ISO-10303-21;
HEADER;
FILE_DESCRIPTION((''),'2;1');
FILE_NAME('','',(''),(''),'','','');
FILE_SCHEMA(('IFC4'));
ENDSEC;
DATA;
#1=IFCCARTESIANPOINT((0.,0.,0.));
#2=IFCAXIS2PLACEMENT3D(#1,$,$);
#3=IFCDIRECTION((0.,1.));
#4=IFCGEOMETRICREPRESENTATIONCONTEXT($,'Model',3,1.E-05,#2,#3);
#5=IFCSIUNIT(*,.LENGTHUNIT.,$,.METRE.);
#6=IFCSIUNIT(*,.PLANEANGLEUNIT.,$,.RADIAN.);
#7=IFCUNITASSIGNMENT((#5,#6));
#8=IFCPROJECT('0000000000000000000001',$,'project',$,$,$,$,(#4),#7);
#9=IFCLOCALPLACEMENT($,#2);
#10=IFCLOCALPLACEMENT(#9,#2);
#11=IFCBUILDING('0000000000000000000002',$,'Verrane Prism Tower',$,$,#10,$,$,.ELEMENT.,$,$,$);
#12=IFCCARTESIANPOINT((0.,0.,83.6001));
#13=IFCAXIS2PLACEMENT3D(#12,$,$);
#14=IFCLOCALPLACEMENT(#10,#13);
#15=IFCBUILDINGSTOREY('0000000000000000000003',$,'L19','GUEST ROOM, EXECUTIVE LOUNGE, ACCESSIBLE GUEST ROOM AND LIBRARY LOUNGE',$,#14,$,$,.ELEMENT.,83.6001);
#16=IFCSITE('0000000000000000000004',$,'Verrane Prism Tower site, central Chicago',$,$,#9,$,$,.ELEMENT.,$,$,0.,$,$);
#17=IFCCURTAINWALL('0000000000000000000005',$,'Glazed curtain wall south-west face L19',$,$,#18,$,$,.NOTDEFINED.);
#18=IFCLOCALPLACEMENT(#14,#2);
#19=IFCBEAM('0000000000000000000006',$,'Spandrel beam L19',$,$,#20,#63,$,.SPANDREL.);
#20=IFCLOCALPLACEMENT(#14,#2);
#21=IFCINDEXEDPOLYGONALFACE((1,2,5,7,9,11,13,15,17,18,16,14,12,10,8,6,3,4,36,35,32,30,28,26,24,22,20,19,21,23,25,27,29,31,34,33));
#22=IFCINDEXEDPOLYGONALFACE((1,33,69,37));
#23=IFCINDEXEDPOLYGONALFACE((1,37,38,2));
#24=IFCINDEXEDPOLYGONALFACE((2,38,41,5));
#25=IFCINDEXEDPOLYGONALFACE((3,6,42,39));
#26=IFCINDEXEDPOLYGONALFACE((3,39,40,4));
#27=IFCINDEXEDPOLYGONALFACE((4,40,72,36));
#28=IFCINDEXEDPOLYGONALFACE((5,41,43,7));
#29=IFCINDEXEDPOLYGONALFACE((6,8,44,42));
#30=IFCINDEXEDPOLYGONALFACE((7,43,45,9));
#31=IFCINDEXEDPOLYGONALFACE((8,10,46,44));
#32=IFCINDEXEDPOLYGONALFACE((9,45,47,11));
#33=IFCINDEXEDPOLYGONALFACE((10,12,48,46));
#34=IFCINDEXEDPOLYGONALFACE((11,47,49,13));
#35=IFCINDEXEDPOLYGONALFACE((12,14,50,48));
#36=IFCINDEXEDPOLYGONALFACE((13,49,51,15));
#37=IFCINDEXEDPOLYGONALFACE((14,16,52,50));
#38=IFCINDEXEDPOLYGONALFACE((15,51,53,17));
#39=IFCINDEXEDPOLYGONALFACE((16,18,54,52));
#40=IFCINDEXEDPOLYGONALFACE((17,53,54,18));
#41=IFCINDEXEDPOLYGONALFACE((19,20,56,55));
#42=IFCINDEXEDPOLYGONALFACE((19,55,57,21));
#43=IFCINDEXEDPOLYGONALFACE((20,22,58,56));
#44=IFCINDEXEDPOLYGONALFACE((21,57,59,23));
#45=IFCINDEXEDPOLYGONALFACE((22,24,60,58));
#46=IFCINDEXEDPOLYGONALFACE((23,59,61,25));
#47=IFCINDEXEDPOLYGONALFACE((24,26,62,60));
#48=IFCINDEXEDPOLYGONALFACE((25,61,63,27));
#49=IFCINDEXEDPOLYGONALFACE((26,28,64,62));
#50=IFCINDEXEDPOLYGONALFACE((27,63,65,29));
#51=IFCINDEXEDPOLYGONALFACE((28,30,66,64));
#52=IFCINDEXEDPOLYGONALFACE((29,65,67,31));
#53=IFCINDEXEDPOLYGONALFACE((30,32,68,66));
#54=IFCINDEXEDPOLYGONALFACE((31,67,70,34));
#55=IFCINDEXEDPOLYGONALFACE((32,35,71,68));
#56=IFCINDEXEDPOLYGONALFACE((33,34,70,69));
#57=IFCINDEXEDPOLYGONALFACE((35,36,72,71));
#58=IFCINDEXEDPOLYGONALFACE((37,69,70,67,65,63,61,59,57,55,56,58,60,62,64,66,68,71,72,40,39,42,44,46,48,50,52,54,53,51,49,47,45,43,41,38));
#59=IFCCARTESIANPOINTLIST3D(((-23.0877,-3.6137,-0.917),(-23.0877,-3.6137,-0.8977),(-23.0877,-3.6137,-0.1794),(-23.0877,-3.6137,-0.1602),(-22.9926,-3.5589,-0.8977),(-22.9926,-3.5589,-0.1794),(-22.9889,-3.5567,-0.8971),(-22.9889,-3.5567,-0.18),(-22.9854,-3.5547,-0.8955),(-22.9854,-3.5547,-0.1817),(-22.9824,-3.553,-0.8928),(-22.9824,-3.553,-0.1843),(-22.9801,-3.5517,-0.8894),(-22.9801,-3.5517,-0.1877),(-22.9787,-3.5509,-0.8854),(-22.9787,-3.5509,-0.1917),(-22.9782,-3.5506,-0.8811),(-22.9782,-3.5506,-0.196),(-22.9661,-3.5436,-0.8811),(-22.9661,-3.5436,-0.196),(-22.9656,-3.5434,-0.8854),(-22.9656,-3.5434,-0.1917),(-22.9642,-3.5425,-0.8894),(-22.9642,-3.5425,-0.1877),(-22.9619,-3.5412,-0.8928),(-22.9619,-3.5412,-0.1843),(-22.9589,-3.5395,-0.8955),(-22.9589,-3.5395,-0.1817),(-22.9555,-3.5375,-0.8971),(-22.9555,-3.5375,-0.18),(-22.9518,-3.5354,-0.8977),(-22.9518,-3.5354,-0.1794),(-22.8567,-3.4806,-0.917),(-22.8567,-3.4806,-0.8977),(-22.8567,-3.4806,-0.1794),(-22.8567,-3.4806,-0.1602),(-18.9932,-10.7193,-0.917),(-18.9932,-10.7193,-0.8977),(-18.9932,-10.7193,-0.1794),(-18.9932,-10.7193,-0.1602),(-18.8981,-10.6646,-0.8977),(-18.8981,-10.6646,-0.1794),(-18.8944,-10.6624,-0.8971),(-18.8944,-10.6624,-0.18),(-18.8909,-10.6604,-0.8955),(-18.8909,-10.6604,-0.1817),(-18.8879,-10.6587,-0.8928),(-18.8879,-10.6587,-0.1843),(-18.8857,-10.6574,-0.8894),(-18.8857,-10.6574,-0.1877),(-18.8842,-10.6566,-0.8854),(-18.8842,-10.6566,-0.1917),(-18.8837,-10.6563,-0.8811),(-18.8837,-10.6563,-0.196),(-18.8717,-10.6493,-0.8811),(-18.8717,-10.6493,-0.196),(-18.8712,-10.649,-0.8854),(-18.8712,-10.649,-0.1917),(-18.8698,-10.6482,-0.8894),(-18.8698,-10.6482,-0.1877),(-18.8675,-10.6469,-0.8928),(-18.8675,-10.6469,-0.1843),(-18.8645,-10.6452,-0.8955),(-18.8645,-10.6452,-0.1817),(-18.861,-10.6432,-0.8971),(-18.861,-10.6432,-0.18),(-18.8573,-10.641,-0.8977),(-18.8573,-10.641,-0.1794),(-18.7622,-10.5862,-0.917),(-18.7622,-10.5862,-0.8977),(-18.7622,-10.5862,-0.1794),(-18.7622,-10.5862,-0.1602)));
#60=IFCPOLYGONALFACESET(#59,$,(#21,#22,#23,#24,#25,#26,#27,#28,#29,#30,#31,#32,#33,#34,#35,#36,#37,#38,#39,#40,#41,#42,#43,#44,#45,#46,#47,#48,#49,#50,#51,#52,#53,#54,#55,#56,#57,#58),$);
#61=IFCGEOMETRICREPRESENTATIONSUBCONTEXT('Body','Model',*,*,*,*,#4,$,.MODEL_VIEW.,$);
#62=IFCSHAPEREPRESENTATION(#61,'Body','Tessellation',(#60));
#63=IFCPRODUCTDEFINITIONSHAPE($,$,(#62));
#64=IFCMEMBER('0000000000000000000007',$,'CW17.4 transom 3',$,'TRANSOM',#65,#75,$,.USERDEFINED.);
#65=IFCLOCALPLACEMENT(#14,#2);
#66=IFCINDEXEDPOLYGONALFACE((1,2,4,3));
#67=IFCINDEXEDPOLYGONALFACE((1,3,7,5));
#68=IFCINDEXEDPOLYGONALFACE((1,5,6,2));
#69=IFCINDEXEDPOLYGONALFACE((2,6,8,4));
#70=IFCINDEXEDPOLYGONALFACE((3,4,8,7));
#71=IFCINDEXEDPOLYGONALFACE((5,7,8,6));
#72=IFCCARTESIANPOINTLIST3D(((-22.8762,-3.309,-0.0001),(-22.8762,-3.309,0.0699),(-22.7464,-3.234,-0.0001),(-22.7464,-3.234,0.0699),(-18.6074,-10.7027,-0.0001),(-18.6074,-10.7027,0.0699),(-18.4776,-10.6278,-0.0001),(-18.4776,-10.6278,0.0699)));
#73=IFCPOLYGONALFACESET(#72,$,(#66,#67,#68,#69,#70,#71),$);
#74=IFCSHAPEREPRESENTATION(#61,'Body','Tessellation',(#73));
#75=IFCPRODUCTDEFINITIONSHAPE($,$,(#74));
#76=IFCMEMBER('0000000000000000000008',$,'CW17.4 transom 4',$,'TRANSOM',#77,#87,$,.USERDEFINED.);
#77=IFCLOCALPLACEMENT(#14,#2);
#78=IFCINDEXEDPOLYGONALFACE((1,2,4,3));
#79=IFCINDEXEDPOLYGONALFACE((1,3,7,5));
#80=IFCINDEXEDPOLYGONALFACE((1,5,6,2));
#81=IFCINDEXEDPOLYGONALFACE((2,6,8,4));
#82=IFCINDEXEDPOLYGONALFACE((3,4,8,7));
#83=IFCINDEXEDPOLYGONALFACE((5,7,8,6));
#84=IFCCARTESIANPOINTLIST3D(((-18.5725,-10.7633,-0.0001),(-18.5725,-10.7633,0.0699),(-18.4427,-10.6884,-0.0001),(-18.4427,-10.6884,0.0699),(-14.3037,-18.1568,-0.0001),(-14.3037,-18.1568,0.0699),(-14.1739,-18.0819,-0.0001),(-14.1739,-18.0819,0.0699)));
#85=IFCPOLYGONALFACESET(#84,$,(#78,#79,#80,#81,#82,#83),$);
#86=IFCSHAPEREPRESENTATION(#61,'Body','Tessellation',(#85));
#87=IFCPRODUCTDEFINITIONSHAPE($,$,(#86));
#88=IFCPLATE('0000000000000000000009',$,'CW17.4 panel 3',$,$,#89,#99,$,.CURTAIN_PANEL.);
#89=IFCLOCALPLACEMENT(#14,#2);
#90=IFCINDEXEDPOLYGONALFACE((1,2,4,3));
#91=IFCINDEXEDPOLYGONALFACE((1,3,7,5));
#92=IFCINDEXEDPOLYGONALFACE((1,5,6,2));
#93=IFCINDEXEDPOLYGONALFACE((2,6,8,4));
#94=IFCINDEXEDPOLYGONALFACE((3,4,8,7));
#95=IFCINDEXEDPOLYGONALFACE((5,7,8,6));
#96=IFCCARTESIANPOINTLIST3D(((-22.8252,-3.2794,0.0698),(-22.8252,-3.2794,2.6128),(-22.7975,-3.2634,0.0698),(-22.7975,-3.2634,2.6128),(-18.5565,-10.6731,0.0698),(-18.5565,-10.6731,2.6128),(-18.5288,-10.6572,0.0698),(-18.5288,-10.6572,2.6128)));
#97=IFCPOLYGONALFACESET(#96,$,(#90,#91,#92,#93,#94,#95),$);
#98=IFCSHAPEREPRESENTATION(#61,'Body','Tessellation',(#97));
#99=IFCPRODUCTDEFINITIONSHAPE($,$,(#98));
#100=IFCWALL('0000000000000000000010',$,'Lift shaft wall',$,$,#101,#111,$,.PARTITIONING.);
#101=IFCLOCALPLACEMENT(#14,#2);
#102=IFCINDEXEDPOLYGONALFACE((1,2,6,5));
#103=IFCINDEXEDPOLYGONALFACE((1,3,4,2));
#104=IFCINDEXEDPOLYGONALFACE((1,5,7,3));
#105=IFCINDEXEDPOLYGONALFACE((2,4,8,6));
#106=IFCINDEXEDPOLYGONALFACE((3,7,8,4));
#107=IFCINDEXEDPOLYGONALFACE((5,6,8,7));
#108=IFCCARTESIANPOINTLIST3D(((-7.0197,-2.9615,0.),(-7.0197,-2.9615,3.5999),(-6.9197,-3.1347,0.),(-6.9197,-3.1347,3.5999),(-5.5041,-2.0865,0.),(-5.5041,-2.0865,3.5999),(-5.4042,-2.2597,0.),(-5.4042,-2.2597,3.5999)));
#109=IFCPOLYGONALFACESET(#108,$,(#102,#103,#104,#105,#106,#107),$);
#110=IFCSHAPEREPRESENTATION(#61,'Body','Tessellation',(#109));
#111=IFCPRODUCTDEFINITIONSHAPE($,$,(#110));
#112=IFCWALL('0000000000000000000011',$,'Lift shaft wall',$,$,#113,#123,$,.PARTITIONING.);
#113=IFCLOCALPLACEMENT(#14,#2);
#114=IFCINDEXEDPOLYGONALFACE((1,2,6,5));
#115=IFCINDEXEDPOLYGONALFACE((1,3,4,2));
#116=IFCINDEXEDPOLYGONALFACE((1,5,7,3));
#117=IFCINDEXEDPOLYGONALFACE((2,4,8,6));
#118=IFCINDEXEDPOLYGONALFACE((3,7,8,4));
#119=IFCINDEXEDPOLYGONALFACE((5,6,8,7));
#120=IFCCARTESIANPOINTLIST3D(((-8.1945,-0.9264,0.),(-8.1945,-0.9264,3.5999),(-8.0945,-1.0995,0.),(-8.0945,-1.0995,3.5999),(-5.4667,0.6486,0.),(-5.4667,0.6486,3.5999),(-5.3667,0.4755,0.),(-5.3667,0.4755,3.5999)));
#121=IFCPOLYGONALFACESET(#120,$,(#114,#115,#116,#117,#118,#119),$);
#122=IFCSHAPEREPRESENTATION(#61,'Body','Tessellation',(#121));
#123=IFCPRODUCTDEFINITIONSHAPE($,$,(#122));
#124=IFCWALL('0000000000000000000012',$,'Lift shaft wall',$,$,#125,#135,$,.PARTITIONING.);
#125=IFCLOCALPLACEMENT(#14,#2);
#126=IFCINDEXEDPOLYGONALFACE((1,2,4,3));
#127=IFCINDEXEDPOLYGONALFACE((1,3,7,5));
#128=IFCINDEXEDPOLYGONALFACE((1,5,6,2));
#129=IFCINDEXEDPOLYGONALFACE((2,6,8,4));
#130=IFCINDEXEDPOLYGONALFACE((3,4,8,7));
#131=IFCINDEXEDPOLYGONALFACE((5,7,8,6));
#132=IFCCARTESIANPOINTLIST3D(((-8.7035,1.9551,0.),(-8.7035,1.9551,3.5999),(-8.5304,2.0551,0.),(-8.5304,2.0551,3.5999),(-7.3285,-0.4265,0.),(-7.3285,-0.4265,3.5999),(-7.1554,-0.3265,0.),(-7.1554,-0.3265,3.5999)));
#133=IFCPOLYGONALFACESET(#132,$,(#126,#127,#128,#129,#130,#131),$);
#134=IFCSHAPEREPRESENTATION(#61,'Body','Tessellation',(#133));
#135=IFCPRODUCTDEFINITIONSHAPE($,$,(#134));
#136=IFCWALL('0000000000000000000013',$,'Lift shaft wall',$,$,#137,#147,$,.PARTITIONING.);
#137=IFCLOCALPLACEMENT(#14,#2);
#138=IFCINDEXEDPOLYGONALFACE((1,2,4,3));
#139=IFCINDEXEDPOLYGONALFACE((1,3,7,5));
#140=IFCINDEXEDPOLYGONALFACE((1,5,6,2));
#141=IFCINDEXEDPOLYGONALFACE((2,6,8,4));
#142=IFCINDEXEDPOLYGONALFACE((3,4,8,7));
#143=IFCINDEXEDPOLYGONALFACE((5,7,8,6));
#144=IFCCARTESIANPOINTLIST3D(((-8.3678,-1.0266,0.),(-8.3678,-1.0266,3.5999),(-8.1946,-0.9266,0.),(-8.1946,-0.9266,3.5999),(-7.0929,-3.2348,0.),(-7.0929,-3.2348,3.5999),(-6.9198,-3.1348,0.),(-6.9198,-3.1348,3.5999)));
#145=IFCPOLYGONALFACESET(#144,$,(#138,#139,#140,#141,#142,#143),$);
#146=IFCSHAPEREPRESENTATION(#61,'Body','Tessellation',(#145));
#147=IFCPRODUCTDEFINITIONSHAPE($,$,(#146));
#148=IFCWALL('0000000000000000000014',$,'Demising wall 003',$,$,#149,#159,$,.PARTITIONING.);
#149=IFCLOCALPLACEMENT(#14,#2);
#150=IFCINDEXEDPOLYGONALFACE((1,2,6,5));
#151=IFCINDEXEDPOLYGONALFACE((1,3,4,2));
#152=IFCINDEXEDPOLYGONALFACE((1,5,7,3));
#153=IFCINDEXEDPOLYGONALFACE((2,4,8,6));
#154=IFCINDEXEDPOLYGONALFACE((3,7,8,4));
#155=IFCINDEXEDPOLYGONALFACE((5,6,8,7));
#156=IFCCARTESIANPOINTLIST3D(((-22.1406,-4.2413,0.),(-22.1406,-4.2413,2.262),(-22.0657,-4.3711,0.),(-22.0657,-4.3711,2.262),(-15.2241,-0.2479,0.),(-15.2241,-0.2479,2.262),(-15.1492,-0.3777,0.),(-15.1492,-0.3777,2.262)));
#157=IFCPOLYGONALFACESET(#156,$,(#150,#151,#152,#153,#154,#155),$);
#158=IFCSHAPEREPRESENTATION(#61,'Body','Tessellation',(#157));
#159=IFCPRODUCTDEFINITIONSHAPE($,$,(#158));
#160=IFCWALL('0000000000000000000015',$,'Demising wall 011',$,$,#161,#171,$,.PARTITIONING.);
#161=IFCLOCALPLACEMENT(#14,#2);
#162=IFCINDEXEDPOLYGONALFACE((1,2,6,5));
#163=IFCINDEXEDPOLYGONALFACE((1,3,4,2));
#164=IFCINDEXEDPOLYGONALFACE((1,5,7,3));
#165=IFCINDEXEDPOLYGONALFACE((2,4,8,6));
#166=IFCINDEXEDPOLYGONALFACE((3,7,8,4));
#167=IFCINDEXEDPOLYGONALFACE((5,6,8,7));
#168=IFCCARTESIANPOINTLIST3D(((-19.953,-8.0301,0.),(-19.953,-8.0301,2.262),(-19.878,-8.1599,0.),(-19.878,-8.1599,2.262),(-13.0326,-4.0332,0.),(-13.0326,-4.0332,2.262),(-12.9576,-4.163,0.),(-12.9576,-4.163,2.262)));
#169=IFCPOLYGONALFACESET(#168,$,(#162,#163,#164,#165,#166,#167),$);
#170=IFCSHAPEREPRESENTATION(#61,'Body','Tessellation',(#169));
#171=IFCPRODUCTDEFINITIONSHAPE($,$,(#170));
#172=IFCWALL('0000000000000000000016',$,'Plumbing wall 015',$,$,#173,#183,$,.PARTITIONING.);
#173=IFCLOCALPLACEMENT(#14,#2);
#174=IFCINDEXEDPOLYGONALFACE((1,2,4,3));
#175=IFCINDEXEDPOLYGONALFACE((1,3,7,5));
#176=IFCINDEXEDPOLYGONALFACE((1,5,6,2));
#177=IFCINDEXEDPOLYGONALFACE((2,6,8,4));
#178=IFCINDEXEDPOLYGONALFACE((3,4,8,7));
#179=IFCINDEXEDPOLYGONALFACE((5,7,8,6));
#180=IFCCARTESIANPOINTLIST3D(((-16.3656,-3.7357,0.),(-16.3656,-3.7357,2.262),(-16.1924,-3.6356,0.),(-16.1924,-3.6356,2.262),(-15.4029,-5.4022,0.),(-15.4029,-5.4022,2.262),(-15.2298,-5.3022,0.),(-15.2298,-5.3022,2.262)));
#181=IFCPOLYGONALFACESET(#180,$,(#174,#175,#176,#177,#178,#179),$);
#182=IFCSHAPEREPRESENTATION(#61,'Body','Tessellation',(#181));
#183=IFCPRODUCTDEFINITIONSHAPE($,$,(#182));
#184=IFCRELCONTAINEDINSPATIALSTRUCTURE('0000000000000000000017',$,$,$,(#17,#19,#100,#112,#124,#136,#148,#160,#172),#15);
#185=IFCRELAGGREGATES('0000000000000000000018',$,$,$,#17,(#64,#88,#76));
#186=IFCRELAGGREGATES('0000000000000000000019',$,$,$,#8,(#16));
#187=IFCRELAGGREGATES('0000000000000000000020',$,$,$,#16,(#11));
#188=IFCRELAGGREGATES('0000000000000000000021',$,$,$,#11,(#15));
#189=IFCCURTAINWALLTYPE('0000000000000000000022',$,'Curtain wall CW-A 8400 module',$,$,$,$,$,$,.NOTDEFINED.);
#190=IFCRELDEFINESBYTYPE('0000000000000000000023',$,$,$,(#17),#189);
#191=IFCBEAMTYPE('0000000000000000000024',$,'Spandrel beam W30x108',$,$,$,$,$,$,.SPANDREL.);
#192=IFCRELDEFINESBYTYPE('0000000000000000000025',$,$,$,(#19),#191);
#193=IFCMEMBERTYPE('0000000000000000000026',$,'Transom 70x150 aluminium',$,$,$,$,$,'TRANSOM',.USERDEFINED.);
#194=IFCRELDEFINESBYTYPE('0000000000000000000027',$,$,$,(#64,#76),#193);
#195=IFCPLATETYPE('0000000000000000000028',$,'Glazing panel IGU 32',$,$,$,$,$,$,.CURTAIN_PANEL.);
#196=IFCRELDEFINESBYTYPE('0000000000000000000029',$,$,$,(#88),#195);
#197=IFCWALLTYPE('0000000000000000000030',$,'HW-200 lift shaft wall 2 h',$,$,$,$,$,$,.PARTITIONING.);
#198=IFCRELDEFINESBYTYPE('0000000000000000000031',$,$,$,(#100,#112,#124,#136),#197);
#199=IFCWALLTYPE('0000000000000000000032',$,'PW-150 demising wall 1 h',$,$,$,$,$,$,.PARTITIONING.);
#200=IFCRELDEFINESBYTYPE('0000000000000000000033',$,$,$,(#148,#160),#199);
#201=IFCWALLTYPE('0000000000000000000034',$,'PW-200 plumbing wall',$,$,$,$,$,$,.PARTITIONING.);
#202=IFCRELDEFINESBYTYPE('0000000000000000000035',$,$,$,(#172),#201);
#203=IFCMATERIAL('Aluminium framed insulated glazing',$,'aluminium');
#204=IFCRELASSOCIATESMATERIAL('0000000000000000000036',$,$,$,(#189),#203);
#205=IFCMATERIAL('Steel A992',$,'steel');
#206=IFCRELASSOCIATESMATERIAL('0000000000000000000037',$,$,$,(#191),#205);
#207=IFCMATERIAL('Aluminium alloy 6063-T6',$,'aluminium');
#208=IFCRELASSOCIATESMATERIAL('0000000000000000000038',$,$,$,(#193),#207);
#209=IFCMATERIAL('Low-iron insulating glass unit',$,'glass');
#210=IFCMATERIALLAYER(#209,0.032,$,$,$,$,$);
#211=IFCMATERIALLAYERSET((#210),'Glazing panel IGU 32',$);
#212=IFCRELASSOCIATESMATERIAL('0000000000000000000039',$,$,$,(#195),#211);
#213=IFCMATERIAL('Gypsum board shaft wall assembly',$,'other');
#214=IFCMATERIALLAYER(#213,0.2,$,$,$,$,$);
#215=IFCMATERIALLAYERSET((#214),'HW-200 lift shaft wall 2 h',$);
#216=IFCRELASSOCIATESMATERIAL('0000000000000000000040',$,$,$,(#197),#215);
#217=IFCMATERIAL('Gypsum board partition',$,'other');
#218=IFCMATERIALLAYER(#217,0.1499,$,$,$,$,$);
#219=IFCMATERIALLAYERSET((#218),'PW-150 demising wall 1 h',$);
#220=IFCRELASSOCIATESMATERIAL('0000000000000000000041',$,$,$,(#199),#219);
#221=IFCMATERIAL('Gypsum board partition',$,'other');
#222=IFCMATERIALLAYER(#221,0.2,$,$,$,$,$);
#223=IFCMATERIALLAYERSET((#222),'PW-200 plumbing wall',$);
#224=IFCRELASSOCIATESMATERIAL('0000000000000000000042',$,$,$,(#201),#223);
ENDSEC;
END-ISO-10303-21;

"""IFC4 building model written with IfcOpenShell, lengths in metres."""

from ifc_helpers import new_model, si_unit, direction, frame, frame_2d, origin, origin_2d, place, context, subcontext, project, spatial, rectangle, i_section, extrude, material, layer, layer_set, material_profile, profile_set, type_object, element, aggregate, save


model = new_model("IFC4")

# Units and contexts
model_context = context("Model", 3, precision=1e-05, world=origin(), true_north=direction((0.0, 1.0)))
body_context = subcontext(model_context, "Body", "Model", "MODEL_VIEW")
ifc_project = project(units=[si_unit("LENGTHUNIT", "METRE"), si_unit("PLANEANGLEUNIT", "RADIAN")], contexts=[model_context])

# Site, building, storey
site_placement = place(None, origin())
site = spatial("IfcSite", under=ifc_project, at=site_placement, Name="Verrane Prism Tower site, central Chicago", CompositionType="ELEMENT", RefElevation=0.0)
building_placement = place(site_placement, origin())
building = spatial("IfcBuilding", under=site, at=building_placement, Name="Verrane Prism Tower", CompositionType="ELEMENT")
storey_placement = place(building_placement, frame((0.0, 0.0, 83.6001)))
storey = spatial("IfcBuildingStorey", under=building, at=storey_placement, Name="L19", Description="GUEST ROOM, EXECUTIVE LOUNGE, ACCESSIBLE GUEST ROOM AND LIBRARY LOUNGE", CompositionType="ELEMENT", Elevation=83.6001)

# Curtain wall
ifc_material_1 = material(Name="Aluminium framed insulated glazing", Category="aluminium")
curtain_wall_type = type_object("IfcCurtainWallType", Name="Curtain wall CW-A 8400 module", PredefinedType="NOTDEFINED", material=ifc_material_1)
curtain_wall_placement = place(storey_placement, origin())
curtain_wall = element("IfcCurtainWall", 1, at=curtain_wall_placement, inside=storey, type_object=curtain_wall_type, Name="Glazed curtain wall south-west face L19", PredefinedType="NOTDEFINED")

# Beam
ifc_material_2 = material(Name="Steel A992", Category="steel")
ifc_material_profile_1 = material_profile(ifc_material_2, i_section(OverallWidth=0.2666, OverallDepth=0.7568, WebThickness=0.0139, FlangeThickness=0.0193, FilletRadius=0.0166, at=origin_2d()), Name="W30x108")
ifc_profile_set_1 = profile_set([ifc_material_profile_1], Name="Steel A992")
beam_type_1 = type_object("IfcBeamType", Name="Spandrel beam W30x108", PredefinedType="SPANDREL", material=ifc_profile_set_1)
beam_1_placement = place(storey_placement, frame((-22.9722, -3.5471, -0.5386), z_axis=(0.499268, -0.866448, 0.0), x_axis=(0.866448, 0.499268, 0.0)))
element("IfcBeam", 2, at=beam_1_placement, inside=storey, type_object=beam_type_1, Name="Spandrel beam L19", PredefinedType="SPANDREL", context=body_context, shape_type="SweptSolid", body=[
    extrude(i_section(OverallWidth=0.2666, OverallDepth=0.7568, WebThickness=0.0139, FlangeThickness=0.0193, FilletRadius=0.0166, at=origin_2d()), origin(), (0.0, 0.0, 1.0), 8.2009),
])

# Members
ifc_material_3 = material(Name="Aluminium alloy 6063-T6", Category="aluminium")
ifc_material_profile_2 = material_profile(ifc_material_3, rectangle(XDim=0.1499, YDim=0.0701, at=origin_2d()), Name="Transom 70x150 aluminium")
ifc_profile_set_2 = profile_set([ifc_material_profile_2], Name="Aluminium alloy 6063-T6")
member_type_1 = type_object("IfcMemberType", Name="Transom 70x150 aluminium", ElementType="TRANSOM", PredefinedType="USERDEFINED", material=ifc_profile_set_2)
member_1_placement = place(storey_placement, frame((-22.8113, -3.2715, 0.0349), z_axis=(0.499999, -0.866026, 0.0), x_axis=(0.866026, 0.499999, 0.0)))
member_1 = element("IfcMember", 3, at=member_1_placement, type_object=member_type_1, Name="CW17.4 transom 3", ObjectType="TRANSOM", PredefinedType="USERDEFINED", context=body_context, shape_type="SweptSolid", body=[
    extrude(rectangle(XDim=0.1499, YDim=0.0701, at=origin_2d()), origin(), (0.0, 0.0, 1.0), 8.5376),
])
member_2_placement = place(storey_placement, frame((-18.5076, -10.7258, 0.0349), z_axis=(0.500011, -0.866019, 0.0), x_axis=(0.866019, 0.500011, 0.0)))
member_2 = element("IfcMember", 4, at=member_2_placement, type_object=member_type_1, Name="CW17.4 transom 4", ObjectType="TRANSOM", PredefinedType="USERDEFINED", context=body_context, shape_type="SweptSolid", body=[
    extrude(rectangle(XDim=0.1499, YDim=0.0701, at=origin_2d()), origin(), (0.0, 0.0, 1.0), 8.5374),
])

# Plate
ifc_material_4 = material(Name="Low-iron insulating glass unit", Category="glass")
ifc_layer_1 = layer(ifc_material_4, 0.032)
ifc_layer_set_1 = layer_set([ifc_layer_1], Name="Glazing panel IGU 32")
plate_type = type_object("IfcPlateType", Name="Glazing panel IGU 32", PredefinedType="CURTAIN_PANEL", material=ifc_layer_set_1)
plate_placement = place(storey_placement, frame((-20.677, -6.9683, 0.0698), z_axis=(0.0, 0.0, 1.0), x_axis=(0.499999, -0.866026, 0.0)))
plate = element("IfcPlate", 5, at=plate_placement, type_object=plate_type, Name="CW17.4 panel 3", PredefinedType="CURTAIN_PANEL", context=body_context, shape_type="SweptSolid", body=[
    extrude(rectangle(XDim=8.5376, YDim=0.032, at=origin_2d()), origin(), (0.0, 0.0, 1.0), 2.543),
])
aggregate(curtain_wall, [member_1, plate, member_2])

# Walls
ifc_material_5 = material(Name="Gypsum board shaft wall assembly", Category="other")
ifc_layer_2 = layer(ifc_material_5, 0.2)
ifc_layer_set_2 = layer_set([ifc_layer_2], Name="HW-200 lift shaft wall 2 h")
wall_type_1 = type_object("IfcWallType", Name="HW-200 lift shaft wall 2 h", PredefinedType="PARTITIONING", material=ifc_layer_set_2)
wall_1_placement = place(storey_placement, frame((-6.9697, -3.0481, 0.0), z_axis=(0.0, 0.0, 1.0), x_axis=(0.866037, 0.49998, 0.0)))
element("IfcWall", 6, at=wall_1_placement, inside=storey, type_object=wall_type_1, Name="Lift shaft wall", PredefinedType="PARTITIONING", context=body_context, shape_type="SweptSolid", body=[
    extrude(rectangle(XDim=1.75, YDim=0.2, at=frame_2d((0.875, 0.0))), origin(), (0.0, 0.0, 1.0), 3.5999),
])
wall_2_placement = place(storey_placement, frame((-8.1445, -1.0129, 0.0), z_axis=(0.0, 0.0, 1.0), x_axis=(0.866016, 0.500015, 0.0)))
element("IfcWall", 7, at=wall_2_placement, inside=storey, type_object=wall_type_1, Name="Lift shaft wall", PredefinedType="PARTITIONING", context=body_context, shape_type="SweptSolid", body=[
    extrude(rectangle(XDim=3.1499, YDim=0.2, at=frame_2d((1.575, 0.0))), origin(), (0.0, 0.0, 1.0), 3.5999),
])
wall_3_placement = place(storey_placement, frame((-7.2419, -0.3765, 0.0), z_axis=(0.0, 0.0, 1.0), x_axis=(-0.499997, 0.866027, 0.0)))
element("IfcWall", 8, at=wall_3_placement, inside=storey, type_object=wall_type_1, Name="Lift shaft wall", PredefinedType="PARTITIONING", context=body_context, shape_type="SweptSolid", body=[
    extrude(rectangle(XDim=2.75, YDim=0.2, at=frame_2d((1.375, 0.0))), origin(), (0.0, 0.0, 1.0), 3.5999),
])
wall_4_placement = place(storey_placement, frame((-7.0063, -3.1848, 0.0), z_axis=(0.0, 0.0, 1.0), x_axis=(-0.49999, 0.866031, 0.0)))
element("IfcWall", 9, at=wall_4_placement, inside=storey, type_object=wall_type_1, Name="Lift shaft wall", PredefinedType="PARTITIONING", context=body_context, shape_type="SweptSolid", body=[
    extrude(rectangle(XDim=2.5498, YDim=0.2, at=frame_2d((1.2749, 0.0))), origin(), (0.0, 0.0, 1.0), 3.5999),
])
ifc_material_6 = material(Name="Gypsum board partition", Category="other")
ifc_layer_3 = layer(ifc_material_6, 0.1499)
ifc_layer_set_3 = layer_set([ifc_layer_3], Name="PW-150 demising wall 1 h")
wall_type_2 = type_object("IfcWallType", Name="PW-150 demising wall 1 h", PredefinedType="PARTITIONING", material=ifc_layer_set_3)
wall_5_placement = place(storey_placement, frame((-22.103, -4.3062, 0.0), z_axis=(0.0, 0.0, 1.0), x_axis=(0.866017, 0.500015, 0.0)))
element("IfcWall", 10, at=wall_5_placement, inside=storey, type_object=wall_type_2, Name="Demising wall 003", PredefinedType="PARTITIONING", context=body_context, shape_type="SweptSolid", body=[
    extrude(rectangle(XDim=7.9866, YDim=0.1499, at=frame_2d((3.9932, 0.0))), origin(), (0.0, 0.0, 1.0), 2.262),
])
wall_6_placement = place(storey_placement, frame((-19.9155, -8.095, 0.0), z_axis=(0.0, 0.0, 1.0), x_axis=(0.865954, 0.500124, 0.0)))
element("IfcWall", 11, at=wall_6_placement, inside=storey, type_object=wall_type_2, Name="Demising wall 011", PredefinedType="PARTITIONING", context=body_context, shape_type="SweptSolid", body=[
    extrude(rectangle(XDim=7.9917, YDim=0.1499, at=frame_2d((3.9958, 0.0))), origin(), (0.0, 0.0, 1.0), 2.262),
])
ifc_material_7 = material(Name="Gypsum board partition", Category="other")
ifc_layer_4 = layer(ifc_material_7, 0.2)
ifc_layer_set_4 = layer_set([ifc_layer_4], Name="PW-200 plumbing wall")
wall_type_3 = type_object("IfcWallType", Name="PW-200 plumbing wall", PredefinedType="PARTITIONING", material=ifc_layer_set_4)
wall_7_placement = place(storey_placement, frame((-16.2791, -3.6855, 0.0), z_axis=(0.0, 0.0, 1.0), x_axis=(0.500191, -0.865915, 0.0)))
element("IfcWall", 12, at=wall_7_placement, inside=storey, type_object=wall_type_3, Name="Plumbing wall 015", PredefinedType="PARTITIONING", context=body_context, shape_type="SweptSolid", body=[
    extrude(rectangle(XDim=1.9246, YDim=0.2, at=frame_2d((0.9624, 0.0))), origin(), (0.0, 0.0, 1.0), 2.262),
])

save(model, "model.ifc")
